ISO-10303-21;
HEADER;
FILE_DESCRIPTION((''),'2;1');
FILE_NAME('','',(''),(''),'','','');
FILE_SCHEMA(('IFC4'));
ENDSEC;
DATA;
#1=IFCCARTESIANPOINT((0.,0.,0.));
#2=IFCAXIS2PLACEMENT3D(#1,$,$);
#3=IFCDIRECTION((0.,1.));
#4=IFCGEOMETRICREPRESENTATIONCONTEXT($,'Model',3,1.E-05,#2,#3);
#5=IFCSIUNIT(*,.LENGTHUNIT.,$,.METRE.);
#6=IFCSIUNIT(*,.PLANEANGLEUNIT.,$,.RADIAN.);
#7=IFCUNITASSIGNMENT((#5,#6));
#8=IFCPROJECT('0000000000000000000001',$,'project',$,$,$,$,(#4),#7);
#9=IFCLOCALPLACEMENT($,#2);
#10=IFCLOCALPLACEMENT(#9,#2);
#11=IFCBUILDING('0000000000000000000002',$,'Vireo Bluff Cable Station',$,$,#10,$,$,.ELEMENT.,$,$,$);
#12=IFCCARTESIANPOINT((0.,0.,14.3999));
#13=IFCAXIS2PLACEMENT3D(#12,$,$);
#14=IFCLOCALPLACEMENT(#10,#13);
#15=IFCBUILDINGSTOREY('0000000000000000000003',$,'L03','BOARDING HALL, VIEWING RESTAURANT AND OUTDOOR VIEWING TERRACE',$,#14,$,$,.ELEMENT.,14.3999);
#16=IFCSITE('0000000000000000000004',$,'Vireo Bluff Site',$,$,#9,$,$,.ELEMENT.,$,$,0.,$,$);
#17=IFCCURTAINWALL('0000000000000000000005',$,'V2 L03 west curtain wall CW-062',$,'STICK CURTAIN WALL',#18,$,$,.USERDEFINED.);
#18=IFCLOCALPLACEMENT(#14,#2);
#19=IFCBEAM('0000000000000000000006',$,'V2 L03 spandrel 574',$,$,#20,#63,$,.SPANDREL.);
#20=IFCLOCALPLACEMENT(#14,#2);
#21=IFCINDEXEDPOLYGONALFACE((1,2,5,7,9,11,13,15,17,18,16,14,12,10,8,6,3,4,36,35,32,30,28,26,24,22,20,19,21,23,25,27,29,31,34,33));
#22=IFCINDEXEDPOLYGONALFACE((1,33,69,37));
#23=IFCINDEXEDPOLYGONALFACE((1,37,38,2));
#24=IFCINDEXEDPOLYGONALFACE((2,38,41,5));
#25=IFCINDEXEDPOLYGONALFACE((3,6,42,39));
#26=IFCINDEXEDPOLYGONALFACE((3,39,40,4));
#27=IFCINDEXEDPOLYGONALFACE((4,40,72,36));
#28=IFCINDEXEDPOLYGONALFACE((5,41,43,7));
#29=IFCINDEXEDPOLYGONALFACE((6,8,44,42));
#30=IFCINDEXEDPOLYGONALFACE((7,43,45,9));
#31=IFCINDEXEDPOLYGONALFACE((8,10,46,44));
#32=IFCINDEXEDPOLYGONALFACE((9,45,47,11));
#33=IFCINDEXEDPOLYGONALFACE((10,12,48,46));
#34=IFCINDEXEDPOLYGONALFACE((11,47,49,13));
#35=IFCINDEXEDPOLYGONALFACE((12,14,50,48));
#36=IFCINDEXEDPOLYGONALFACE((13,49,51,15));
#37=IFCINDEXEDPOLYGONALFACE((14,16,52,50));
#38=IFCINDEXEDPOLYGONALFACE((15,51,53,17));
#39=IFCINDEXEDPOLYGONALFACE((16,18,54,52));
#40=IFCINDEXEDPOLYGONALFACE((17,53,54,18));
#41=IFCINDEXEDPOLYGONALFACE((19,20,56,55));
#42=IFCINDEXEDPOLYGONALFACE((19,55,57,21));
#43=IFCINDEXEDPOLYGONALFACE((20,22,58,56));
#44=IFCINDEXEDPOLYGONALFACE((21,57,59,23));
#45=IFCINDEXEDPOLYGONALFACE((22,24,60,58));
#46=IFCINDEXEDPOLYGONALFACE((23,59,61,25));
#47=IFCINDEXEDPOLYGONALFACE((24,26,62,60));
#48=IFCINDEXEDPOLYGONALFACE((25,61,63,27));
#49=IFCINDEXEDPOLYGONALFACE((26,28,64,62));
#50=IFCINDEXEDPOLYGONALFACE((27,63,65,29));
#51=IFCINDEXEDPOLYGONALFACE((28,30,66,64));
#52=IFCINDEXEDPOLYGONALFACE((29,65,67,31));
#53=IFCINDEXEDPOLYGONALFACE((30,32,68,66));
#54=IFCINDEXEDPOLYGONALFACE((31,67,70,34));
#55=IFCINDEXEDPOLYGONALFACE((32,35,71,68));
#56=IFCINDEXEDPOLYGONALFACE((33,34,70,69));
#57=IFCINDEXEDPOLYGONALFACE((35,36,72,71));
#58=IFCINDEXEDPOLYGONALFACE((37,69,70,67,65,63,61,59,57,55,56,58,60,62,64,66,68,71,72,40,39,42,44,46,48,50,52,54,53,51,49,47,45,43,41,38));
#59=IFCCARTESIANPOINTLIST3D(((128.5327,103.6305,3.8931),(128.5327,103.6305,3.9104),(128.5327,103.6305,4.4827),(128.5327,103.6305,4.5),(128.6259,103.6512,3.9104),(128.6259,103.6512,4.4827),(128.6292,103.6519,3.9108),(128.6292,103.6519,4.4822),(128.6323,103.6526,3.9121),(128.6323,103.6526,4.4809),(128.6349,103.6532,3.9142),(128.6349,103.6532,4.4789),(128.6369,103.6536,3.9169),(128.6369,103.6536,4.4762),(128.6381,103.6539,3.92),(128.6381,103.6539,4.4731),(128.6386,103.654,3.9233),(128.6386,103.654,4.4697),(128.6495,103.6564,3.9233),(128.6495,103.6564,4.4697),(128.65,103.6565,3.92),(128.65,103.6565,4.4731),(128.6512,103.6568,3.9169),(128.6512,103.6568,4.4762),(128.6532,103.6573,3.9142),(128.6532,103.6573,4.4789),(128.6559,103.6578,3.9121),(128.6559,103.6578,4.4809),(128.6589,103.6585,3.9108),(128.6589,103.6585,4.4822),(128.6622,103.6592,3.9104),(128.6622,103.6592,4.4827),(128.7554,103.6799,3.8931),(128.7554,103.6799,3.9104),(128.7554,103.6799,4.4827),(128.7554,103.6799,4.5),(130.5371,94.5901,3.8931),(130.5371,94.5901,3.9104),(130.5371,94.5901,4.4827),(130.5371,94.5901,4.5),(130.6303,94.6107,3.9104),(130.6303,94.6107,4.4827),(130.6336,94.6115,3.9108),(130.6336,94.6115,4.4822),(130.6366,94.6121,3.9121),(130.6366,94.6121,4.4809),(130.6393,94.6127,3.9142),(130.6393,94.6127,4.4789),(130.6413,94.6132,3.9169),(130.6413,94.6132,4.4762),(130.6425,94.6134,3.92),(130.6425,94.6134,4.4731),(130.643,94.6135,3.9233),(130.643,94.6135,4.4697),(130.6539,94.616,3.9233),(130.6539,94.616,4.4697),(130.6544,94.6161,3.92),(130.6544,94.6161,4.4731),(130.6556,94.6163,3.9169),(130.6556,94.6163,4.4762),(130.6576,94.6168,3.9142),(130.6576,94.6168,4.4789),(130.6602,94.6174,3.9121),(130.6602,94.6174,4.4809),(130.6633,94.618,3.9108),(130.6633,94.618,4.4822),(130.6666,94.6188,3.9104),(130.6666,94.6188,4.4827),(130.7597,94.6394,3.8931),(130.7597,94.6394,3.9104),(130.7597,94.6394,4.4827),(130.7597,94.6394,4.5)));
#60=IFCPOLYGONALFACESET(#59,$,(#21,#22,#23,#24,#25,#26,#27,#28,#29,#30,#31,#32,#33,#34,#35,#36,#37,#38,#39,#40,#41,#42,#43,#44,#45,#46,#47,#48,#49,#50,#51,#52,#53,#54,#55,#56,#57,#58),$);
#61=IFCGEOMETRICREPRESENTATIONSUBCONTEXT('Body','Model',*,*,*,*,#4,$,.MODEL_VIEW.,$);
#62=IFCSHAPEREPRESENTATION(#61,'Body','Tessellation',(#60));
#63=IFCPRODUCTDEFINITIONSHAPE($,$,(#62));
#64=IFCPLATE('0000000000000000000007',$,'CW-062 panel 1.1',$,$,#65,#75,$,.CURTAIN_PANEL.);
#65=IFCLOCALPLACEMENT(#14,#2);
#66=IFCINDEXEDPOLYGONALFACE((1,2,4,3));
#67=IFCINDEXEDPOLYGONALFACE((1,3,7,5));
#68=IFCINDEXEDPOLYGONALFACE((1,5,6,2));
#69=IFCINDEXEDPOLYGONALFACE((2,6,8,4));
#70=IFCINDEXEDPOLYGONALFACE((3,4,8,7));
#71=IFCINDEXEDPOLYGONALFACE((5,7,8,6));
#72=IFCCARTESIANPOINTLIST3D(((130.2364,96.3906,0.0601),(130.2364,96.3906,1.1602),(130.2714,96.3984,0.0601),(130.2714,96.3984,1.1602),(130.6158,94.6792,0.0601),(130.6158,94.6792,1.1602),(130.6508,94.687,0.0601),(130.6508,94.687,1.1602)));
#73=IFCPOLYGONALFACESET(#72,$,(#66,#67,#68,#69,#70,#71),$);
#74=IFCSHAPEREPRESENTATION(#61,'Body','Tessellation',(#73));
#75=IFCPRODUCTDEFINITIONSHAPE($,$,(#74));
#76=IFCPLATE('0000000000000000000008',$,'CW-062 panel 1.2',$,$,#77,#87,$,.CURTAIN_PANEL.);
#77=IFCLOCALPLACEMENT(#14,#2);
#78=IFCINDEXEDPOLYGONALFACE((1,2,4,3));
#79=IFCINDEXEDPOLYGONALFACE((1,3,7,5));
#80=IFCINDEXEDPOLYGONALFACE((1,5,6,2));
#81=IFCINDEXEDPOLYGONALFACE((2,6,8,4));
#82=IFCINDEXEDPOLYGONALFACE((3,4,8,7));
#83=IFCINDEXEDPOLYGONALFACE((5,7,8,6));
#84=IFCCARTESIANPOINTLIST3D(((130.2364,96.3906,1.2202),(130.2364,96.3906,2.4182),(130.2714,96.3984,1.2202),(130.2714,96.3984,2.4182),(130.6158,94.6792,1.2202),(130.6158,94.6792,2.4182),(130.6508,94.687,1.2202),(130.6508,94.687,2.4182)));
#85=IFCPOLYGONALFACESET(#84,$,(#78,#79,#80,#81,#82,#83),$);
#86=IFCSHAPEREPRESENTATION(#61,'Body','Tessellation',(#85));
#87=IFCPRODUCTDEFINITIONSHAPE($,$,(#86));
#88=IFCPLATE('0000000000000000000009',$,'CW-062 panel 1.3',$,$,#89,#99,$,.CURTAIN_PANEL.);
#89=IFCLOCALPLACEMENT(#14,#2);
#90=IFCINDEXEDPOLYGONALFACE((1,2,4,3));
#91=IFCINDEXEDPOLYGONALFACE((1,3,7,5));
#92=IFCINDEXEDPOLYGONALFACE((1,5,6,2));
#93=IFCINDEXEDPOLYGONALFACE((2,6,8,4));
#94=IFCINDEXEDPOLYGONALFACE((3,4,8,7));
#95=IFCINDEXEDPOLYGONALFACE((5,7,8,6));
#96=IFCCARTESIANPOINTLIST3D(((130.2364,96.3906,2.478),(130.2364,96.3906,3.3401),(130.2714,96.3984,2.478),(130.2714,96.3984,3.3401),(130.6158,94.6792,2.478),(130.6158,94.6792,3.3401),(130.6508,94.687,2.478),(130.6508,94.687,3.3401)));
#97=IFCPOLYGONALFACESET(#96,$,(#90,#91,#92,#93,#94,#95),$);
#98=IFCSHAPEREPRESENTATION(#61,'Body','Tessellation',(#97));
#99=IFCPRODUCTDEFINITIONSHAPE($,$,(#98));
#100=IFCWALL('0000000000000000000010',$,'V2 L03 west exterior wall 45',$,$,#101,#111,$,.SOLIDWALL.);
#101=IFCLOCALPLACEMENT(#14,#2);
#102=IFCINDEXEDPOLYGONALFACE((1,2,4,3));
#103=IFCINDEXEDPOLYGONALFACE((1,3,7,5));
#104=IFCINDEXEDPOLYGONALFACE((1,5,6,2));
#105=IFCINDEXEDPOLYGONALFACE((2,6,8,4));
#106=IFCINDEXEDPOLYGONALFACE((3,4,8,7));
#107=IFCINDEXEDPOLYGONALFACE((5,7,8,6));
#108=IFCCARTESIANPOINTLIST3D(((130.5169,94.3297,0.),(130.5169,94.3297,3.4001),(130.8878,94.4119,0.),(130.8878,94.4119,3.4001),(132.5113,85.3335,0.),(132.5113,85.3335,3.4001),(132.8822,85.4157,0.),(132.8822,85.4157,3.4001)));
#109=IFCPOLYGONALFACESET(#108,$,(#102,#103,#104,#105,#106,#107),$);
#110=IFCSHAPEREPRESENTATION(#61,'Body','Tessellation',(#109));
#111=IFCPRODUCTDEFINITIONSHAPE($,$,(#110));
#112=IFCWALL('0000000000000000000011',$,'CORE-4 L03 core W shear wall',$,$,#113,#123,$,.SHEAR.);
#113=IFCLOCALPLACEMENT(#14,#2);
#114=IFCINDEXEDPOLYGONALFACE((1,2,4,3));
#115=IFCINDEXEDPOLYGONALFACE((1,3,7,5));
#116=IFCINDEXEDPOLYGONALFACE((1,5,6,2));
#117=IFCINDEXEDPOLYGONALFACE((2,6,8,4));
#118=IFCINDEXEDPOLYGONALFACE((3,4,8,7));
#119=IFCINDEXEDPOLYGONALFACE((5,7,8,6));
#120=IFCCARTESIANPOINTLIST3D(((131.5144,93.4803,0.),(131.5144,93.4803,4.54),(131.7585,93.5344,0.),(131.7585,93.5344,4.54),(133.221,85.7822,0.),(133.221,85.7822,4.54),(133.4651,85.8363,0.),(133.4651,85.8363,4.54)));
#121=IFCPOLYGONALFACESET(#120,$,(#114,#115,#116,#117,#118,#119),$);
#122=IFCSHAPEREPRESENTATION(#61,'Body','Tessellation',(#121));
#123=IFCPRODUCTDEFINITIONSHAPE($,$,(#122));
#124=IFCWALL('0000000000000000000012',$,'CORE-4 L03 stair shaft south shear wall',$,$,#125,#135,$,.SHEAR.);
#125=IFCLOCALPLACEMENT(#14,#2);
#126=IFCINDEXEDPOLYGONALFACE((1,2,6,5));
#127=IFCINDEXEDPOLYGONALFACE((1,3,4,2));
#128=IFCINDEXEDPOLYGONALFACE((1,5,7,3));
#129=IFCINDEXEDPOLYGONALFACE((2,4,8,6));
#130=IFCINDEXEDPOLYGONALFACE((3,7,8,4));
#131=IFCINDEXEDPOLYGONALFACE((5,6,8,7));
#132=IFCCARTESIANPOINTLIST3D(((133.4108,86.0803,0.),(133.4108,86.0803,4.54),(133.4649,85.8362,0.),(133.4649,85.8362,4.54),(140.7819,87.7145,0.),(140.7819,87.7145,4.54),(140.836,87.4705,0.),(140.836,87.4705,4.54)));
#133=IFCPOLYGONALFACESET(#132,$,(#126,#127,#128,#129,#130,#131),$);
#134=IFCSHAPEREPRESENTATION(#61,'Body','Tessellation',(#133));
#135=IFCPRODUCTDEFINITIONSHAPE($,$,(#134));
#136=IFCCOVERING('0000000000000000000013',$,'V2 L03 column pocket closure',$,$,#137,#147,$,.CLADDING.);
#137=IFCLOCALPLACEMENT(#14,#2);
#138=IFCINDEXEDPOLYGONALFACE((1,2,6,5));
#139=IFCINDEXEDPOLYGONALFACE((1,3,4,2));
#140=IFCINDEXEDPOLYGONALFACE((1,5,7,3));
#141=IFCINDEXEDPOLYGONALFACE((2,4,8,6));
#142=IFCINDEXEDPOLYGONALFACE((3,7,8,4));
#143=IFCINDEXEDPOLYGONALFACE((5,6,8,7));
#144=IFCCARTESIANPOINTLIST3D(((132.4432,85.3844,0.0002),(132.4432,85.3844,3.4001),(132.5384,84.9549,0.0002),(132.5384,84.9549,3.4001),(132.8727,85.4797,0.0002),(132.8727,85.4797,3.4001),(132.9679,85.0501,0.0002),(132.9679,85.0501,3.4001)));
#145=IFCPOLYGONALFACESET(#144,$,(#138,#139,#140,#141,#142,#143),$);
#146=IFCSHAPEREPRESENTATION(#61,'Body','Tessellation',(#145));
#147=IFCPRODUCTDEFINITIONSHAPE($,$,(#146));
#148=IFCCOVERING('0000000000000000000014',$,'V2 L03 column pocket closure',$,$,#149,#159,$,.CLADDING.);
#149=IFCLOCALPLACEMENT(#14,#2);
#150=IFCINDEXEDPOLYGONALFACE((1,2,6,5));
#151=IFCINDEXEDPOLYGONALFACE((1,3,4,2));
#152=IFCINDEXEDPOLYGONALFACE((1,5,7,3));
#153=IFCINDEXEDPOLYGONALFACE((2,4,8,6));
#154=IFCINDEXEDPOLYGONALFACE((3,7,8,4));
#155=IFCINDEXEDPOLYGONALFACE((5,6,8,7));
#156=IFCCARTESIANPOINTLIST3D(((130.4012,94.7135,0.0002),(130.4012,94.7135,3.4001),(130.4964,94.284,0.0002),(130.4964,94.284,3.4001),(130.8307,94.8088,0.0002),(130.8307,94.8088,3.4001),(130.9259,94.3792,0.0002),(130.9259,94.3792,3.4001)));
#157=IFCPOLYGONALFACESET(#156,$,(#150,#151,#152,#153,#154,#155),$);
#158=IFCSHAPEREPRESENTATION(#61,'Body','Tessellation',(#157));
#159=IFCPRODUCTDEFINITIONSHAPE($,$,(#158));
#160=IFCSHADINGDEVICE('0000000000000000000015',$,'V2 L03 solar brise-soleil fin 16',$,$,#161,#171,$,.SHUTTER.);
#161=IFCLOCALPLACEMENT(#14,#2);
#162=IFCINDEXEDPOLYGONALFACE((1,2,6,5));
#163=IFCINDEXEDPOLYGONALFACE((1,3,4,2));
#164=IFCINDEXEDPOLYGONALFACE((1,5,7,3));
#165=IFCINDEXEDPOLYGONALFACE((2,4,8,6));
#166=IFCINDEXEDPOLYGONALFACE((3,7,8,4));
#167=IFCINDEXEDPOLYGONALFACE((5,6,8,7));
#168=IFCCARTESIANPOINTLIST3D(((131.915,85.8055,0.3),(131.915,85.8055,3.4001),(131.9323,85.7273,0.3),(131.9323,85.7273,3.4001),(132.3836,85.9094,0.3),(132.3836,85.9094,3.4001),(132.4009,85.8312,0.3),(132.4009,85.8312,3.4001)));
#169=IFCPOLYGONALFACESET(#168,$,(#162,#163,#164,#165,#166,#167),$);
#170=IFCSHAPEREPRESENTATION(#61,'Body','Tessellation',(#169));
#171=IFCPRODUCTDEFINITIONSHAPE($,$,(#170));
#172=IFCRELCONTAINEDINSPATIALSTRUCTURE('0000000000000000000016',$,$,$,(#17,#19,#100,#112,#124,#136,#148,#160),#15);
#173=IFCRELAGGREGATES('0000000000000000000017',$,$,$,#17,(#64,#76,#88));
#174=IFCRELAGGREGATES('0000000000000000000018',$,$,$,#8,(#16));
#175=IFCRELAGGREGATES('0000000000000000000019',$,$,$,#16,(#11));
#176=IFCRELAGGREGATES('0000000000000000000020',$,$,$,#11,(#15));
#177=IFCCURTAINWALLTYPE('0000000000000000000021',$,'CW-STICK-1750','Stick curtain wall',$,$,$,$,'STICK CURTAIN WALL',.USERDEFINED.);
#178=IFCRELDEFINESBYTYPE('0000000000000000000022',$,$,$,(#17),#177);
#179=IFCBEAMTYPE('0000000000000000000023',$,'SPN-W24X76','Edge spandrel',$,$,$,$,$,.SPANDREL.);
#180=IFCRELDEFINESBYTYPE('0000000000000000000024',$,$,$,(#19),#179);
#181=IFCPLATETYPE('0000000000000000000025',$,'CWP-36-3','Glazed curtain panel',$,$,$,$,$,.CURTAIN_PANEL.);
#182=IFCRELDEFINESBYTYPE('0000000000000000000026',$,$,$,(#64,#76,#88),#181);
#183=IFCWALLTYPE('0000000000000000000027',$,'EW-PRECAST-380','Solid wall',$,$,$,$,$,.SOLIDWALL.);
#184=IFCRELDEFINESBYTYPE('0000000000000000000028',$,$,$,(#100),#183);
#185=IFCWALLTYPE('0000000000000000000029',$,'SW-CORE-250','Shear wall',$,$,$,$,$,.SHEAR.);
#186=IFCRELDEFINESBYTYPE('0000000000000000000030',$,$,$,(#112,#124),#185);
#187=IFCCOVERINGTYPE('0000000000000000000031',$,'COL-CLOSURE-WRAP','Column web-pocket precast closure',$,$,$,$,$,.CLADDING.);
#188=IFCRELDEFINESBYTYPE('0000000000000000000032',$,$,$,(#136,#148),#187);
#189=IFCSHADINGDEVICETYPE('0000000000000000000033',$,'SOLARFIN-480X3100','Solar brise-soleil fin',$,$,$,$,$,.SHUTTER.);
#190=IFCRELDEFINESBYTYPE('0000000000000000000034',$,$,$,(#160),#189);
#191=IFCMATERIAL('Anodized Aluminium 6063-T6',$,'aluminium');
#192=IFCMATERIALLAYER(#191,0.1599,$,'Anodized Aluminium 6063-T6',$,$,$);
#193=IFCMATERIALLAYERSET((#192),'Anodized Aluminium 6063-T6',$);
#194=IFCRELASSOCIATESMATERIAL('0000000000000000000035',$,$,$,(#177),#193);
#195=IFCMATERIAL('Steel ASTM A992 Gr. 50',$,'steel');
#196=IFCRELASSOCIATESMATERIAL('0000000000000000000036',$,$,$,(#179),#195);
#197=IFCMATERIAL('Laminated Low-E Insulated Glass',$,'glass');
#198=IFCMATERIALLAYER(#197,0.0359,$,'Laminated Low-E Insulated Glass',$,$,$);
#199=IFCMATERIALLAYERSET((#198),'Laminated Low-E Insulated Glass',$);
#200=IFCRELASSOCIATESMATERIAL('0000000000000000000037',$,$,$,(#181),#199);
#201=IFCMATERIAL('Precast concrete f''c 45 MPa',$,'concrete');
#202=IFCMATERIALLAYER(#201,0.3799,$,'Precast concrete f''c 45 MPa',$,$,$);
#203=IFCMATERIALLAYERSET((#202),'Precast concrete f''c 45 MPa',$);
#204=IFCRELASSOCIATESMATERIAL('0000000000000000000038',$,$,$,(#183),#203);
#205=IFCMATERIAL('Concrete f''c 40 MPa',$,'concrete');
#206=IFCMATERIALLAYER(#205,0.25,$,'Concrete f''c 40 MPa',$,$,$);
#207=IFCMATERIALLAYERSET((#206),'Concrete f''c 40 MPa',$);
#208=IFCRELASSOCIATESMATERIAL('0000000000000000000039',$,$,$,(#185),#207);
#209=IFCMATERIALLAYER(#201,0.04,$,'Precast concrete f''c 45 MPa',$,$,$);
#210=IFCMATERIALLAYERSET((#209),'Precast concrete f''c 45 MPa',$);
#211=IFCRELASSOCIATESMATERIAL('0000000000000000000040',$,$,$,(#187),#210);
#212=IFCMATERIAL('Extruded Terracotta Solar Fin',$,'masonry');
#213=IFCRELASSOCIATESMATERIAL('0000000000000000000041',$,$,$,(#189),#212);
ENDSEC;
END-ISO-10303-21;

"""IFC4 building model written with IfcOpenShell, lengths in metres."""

from ifc_helpers import new_model, si_unit, direction, frame, frame_2d, origin, origin_2d, place, context, subcontext, project, spatial, rectangle, i_section, extrude, material, layer, layer_set, material_profile, profile_set, type_object, element, aggregate, save


model = new_model("IFC4")

# Units and contexts
model_context = context("Model", 3, precision=1e-05, world=origin(), true_north=direction((0.0, 1.0)))
body_context = subcontext(model_context, "Body", "Model", "MODEL_VIEW")
ifc_project = project(units=[si_unit("LENGTHUNIT", "METRE"), si_unit("PLANEANGLEUNIT", "RADIAN")], contexts=[model_context])

# Site, building, storey
site_placement = place(None, origin())
site = spatial("IfcSite", under=ifc_project, at=site_placement, Name="Vireo Bluff Site", CompositionType="ELEMENT", RefElevation=0.0)
building_placement = place(site_placement, origin())
building = spatial("IfcBuilding", under=site, at=building_placement, Name="Vireo Bluff Cable Station", CompositionType="ELEMENT")
storey_placement = place(building_placement, frame((0.0, 0.0, 14.3999)))
storey = spatial("IfcBuildingStorey", under=building, at=storey_placement, Name="L03", Description="BOARDING HALL, VIEWING RESTAURANT AND OUTDOOR VIEWING TERRACE", CompositionType="ELEMENT", Elevation=14.3999)

# Shared definitions
ifc_material_1 = material(Name="Steel ASTM A992 Gr. 50", Category="steel")

# Curtain wall
ifc_material_2 = material(Name="Anodized Aluminium 6063-T6", Category="aluminium")
ifc_layer_1 = layer(ifc_material_2, 0.1599, Name="Anodized Aluminium 6063-T6")
ifc_layer_set_1 = layer_set([ifc_layer_1], Name="Anodized Aluminium 6063-T6")
curtain_wall_type = type_object("IfcCurtainWallType", Name="CW-STICK-1750", Description="Stick curtain wall", ElementType="STICK CURTAIN WALL", PredefinedType="USERDEFINED", material=ifc_layer_set_1)
curtain_wall_placement = place(storey_placement, origin())
curtain_wall = element("IfcCurtainWall", 1, at=curtain_wall_placement, inside=storey, type_object=curtain_wall_type, Name="V2 L03 west curtain wall CW-062", ObjectType="STICK CURTAIN WALL", PredefinedType="USERDEFINED")

# Beam
ifc_material_profile_1 = material_profile(ifc_material_1, i_section(OverallWidth=0.228, OverallDepth=0.6069, WebThickness=0.0112, FlangeThickness=0.0173, FilletRadius=0.0129, at=origin_2d()), Name="W24X76")
ifc_profile_set_1 = profile_set([ifc_material_profile_1], Name="Steel ASTM A992 Gr. 50")
beam_type_1 = type_object("IfcBeamType", Name="SPN-W24X76", Description="Edge spandrel", PredefinedType="SPANDREL", material=ifc_profile_set_1)
beam_1_placement = place(storey_placement, frame((130.6484, 94.6147, 4.1965), z_axis=(-0.216456, 0.976292, 0.0), x_axis=(-0.976292, -0.216456, 0.0)))
element("IfcBeam", 2, at=beam_1_placement, inside=storey, type_object=beam_type_1, Name="V2 L03 spandrel 574", PredefinedType="SPANDREL", context=body_context, shape_type="SweptSolid", body=[
    extrude(i_section(OverallWidth=0.228, OverallDepth=0.6069, WebThickness=0.0112, FlangeThickness=0.0173, FilletRadius=0.0129, at=origin_2d()), origin(), (0.0, 0.0, 1.0), 9.26),
])

# Plates
ifc_material_3 = material(Name="Laminated Low-E Insulated Glass", Category="glass")
ifc_layer_2 = layer(ifc_material_3, 0.0359, Name="Laminated Low-E Insulated Glass")
ifc_layer_set_2 = layer_set([ifc_layer_2], Name="Laminated Low-E Insulated Glass")
plate_type = type_object("IfcPlateType", Name="CWP-36-3", Description="Glazed curtain panel", PredefinedType="CURTAIN_PANEL", material=ifc_layer_set_2)
plate_1_placement = place(storey_placement, frame((130.4436, 95.5388, 0.0601), z_axis=(0.0, 0.0, 1.0), x_axis=(-0.21644, 0.976296, 0.0)))
plate_1 = element("IfcPlate", 3, at=plate_1_placement, type_object=plate_type, Name="CW-062 panel 1.1", PredefinedType="CURTAIN_PANEL", context=body_context, shape_type="SweptSolid", body=[
    extrude(rectangle(XDim=1.7529, YDim=0.0359, at=origin_2d()), origin(), (0.0, 0.0, 1.0), 1.1001),
])
plate_2_placement = place(storey_placement, frame((130.4436, 95.5388, 1.2202), z_axis=(0.0, 0.0, 1.0), x_axis=(-0.21644, 0.976296, 0.0)))
plate_2 = element("IfcPlate", 4, at=plate_2_placement, type_object=plate_type, Name="CW-062 panel 1.2", PredefinedType="CURTAIN_PANEL", context=body_context, shape_type="SweptSolid", body=[
    extrude(rectangle(XDim=1.7529, YDim=0.0359, at=origin_2d()), origin(), (0.0, 0.0, 1.0), 1.198),
])
plate_3_placement = place(storey_placement, frame((130.4436, 95.5388, 2.478), z_axis=(0.0, 0.0, 1.0), x_axis=(-0.21644, 0.976296, 0.0)))
plate_3 = element("IfcPlate", 5, at=plate_3_placement, type_object=plate_type, Name="CW-062 panel 1.3", PredefinedType="CURTAIN_PANEL", context=body_context, shape_type="SweptSolid", body=[
    extrude(rectangle(XDim=1.7529, YDim=0.0359, at=origin_2d()), origin(), (0.0, 0.0, 1.0), 0.8621),
])
aggregate(curtain_wall, [plate_1, plate_2, plate_3])

# Walls
ifc_material_4 = material(Name="Precast concrete f'c 45 MPa", Category="concrete")
ifc_layer_3 = layer(ifc_material_4, 0.3799, Name="Precast concrete f'c 45 MPa")
ifc_layer_set_3 = layer_set([ifc_layer_3], Name="Precast concrete f'c 45 MPa")
wall_type_1 = type_object("IfcWallType", Name="EW-PRECAST-380", Description="Solid wall", PredefinedType="SOLIDWALL", material=ifc_layer_set_3)
wall_1_placement = place(storey_placement, frame((132.6968, 85.3745, 0.0), z_axis=(0.0, 0.0, 1.0), x_axis=(-0.216439, 0.976296, 0.0)))
element("IfcWall", 6, at=wall_1_placement, inside=storey, type_object=wall_type_1, Name="V2 L03 west exterior wall 45", PredefinedType="SOLIDWALL", context=body_context, shape_type="SweptSolid", body=[
    extrude(rectangle(XDim=9.2146, YDim=0.3799, at=frame_2d((4.6074, 0.0))), origin(), (0.0, 0.0, 1.0), 3.4001),
])
ifc_material_5 = material(Name="Concrete f'c 40 MPa", Category="concrete")
ifc_layer_4 = layer(ifc_material_5, 0.25, Name="Concrete f'c 40 MPa")
ifc_layer_set_4 = layer_set([ifc_layer_4], Name="Concrete f'c 40 MPa")
wall_type_2 = type_object("IfcWallType", Name="SW-CORE-250", Description="Shear wall", PredefinedType="SHEAR", material=ifc_layer_set_4)
wall_2_placement = place(storey_placement, frame((133.343, 85.8093, 0.0), z_axis=(0.0, 0.0, 1.0), x_axis=(-0.216432, 0.976298, 0.0)))
element("IfcWall", 7, at=wall_2_placement, inside=storey, type_object=wall_type_2, Name="CORE-4 L03 core W shear wall", PredefinedType="SHEAR", context=body_context, shape_type="SweptSolid", body=[
    extrude(rectangle(XDim=7.885, YDim=0.25, at=frame_2d((3.9424, 0.0))), origin(), (0.0, 0.0, 1.0), 4.54),
])
wall_3_placement = place(storey_placement, frame((133.438, 85.9583, 0.0), z_axis=(0.0, 0.0, 1.0), x_axis=(0.976292, 0.216458, 0.0)))
element("IfcWall", 8, at=wall_3_placement, inside=storey, type_object=wall_type_2, Name="CORE-4 L03 stair shaft south shear wall", PredefinedType="SHEAR", context=body_context, shape_type="SweptSolid", body=[
    extrude(rectangle(XDim=7.55, YDim=0.25, at=frame_2d((3.7749, 0.0))), origin(), (0.0, 0.0, 1.0), 4.54),
])

# Coverings
ifc_layer_5 = layer(ifc_material_4, 0.04, Name="Precast concrete f'c 45 MPa")
ifc_layer_set_5 = layer_set([ifc_layer_5], Name="Precast concrete f'c 45 MPa")
covering_type = type_object("IfcCoveringType", Name="COL-CLOSURE-WRAP", Description="Column web-pocket precast closure", PredefinedType="CLADDING", material=ifc_layer_set_5)
for number, where, z_axis, x_axis, name in (
    (9, (132.7056, 85.2173, 0.0002), (0.0, 0.0, 1.0), (0.976296, 0.21644, 0.0), "V2 L03 column pocket closure"),
    (10, (130.6636, 94.5464, 0.0002), (0.0, 0.0, 1.0), (0.976296, 0.21644, 0.0), "V2 L03 column pocket closure"),
):
    element("IfcCovering", number, at=place(storey_placement, frame(where, z_axis=z_axis, x_axis=x_axis)), inside=storey, type_object=covering_type, Name=name, PredefinedType="CLADDING", context=body_context, shape_type="SweptSolid", body=[
        extrude(rectangle(XDim=0.4399, YDim=0.4399, at=origin_2d()), origin(), (0.0, 0.0, 1.0), 3.3999),
    ])

# Shading device
ifc_material_6 = material(Name="Extruded Terracotta Solar Fin", Category="masonry")
shading_device_type = type_object("IfcShadingDeviceType", Name="SOLARFIN-480X3100", Description="Solar brise-soleil fin", PredefinedType="SHUTTER", material=ifc_material_6)
shading_device_placement = place(storey_placement, frame((132.158, 85.8184, 0.3), z_axis=(0.0, 0.0, 1.0), x_axis=(-0.21644, 0.976296, 0.0)))
element("IfcShadingDevice", 11, at=shading_device_placement, inside=storey, type_object=shading_device_type, Name="V2 L03 solar brise-soleil fin 16", PredefinedType="SHUTTER", context=body_context, shape_type="SweptSolid", body=[
    extrude(rectangle(XDim=0.0801, YDim=0.48, at=origin_2d()), origin(), (0.0, 0.0, 1.0), 3.1001),
])

save(model, "model.ifc")
